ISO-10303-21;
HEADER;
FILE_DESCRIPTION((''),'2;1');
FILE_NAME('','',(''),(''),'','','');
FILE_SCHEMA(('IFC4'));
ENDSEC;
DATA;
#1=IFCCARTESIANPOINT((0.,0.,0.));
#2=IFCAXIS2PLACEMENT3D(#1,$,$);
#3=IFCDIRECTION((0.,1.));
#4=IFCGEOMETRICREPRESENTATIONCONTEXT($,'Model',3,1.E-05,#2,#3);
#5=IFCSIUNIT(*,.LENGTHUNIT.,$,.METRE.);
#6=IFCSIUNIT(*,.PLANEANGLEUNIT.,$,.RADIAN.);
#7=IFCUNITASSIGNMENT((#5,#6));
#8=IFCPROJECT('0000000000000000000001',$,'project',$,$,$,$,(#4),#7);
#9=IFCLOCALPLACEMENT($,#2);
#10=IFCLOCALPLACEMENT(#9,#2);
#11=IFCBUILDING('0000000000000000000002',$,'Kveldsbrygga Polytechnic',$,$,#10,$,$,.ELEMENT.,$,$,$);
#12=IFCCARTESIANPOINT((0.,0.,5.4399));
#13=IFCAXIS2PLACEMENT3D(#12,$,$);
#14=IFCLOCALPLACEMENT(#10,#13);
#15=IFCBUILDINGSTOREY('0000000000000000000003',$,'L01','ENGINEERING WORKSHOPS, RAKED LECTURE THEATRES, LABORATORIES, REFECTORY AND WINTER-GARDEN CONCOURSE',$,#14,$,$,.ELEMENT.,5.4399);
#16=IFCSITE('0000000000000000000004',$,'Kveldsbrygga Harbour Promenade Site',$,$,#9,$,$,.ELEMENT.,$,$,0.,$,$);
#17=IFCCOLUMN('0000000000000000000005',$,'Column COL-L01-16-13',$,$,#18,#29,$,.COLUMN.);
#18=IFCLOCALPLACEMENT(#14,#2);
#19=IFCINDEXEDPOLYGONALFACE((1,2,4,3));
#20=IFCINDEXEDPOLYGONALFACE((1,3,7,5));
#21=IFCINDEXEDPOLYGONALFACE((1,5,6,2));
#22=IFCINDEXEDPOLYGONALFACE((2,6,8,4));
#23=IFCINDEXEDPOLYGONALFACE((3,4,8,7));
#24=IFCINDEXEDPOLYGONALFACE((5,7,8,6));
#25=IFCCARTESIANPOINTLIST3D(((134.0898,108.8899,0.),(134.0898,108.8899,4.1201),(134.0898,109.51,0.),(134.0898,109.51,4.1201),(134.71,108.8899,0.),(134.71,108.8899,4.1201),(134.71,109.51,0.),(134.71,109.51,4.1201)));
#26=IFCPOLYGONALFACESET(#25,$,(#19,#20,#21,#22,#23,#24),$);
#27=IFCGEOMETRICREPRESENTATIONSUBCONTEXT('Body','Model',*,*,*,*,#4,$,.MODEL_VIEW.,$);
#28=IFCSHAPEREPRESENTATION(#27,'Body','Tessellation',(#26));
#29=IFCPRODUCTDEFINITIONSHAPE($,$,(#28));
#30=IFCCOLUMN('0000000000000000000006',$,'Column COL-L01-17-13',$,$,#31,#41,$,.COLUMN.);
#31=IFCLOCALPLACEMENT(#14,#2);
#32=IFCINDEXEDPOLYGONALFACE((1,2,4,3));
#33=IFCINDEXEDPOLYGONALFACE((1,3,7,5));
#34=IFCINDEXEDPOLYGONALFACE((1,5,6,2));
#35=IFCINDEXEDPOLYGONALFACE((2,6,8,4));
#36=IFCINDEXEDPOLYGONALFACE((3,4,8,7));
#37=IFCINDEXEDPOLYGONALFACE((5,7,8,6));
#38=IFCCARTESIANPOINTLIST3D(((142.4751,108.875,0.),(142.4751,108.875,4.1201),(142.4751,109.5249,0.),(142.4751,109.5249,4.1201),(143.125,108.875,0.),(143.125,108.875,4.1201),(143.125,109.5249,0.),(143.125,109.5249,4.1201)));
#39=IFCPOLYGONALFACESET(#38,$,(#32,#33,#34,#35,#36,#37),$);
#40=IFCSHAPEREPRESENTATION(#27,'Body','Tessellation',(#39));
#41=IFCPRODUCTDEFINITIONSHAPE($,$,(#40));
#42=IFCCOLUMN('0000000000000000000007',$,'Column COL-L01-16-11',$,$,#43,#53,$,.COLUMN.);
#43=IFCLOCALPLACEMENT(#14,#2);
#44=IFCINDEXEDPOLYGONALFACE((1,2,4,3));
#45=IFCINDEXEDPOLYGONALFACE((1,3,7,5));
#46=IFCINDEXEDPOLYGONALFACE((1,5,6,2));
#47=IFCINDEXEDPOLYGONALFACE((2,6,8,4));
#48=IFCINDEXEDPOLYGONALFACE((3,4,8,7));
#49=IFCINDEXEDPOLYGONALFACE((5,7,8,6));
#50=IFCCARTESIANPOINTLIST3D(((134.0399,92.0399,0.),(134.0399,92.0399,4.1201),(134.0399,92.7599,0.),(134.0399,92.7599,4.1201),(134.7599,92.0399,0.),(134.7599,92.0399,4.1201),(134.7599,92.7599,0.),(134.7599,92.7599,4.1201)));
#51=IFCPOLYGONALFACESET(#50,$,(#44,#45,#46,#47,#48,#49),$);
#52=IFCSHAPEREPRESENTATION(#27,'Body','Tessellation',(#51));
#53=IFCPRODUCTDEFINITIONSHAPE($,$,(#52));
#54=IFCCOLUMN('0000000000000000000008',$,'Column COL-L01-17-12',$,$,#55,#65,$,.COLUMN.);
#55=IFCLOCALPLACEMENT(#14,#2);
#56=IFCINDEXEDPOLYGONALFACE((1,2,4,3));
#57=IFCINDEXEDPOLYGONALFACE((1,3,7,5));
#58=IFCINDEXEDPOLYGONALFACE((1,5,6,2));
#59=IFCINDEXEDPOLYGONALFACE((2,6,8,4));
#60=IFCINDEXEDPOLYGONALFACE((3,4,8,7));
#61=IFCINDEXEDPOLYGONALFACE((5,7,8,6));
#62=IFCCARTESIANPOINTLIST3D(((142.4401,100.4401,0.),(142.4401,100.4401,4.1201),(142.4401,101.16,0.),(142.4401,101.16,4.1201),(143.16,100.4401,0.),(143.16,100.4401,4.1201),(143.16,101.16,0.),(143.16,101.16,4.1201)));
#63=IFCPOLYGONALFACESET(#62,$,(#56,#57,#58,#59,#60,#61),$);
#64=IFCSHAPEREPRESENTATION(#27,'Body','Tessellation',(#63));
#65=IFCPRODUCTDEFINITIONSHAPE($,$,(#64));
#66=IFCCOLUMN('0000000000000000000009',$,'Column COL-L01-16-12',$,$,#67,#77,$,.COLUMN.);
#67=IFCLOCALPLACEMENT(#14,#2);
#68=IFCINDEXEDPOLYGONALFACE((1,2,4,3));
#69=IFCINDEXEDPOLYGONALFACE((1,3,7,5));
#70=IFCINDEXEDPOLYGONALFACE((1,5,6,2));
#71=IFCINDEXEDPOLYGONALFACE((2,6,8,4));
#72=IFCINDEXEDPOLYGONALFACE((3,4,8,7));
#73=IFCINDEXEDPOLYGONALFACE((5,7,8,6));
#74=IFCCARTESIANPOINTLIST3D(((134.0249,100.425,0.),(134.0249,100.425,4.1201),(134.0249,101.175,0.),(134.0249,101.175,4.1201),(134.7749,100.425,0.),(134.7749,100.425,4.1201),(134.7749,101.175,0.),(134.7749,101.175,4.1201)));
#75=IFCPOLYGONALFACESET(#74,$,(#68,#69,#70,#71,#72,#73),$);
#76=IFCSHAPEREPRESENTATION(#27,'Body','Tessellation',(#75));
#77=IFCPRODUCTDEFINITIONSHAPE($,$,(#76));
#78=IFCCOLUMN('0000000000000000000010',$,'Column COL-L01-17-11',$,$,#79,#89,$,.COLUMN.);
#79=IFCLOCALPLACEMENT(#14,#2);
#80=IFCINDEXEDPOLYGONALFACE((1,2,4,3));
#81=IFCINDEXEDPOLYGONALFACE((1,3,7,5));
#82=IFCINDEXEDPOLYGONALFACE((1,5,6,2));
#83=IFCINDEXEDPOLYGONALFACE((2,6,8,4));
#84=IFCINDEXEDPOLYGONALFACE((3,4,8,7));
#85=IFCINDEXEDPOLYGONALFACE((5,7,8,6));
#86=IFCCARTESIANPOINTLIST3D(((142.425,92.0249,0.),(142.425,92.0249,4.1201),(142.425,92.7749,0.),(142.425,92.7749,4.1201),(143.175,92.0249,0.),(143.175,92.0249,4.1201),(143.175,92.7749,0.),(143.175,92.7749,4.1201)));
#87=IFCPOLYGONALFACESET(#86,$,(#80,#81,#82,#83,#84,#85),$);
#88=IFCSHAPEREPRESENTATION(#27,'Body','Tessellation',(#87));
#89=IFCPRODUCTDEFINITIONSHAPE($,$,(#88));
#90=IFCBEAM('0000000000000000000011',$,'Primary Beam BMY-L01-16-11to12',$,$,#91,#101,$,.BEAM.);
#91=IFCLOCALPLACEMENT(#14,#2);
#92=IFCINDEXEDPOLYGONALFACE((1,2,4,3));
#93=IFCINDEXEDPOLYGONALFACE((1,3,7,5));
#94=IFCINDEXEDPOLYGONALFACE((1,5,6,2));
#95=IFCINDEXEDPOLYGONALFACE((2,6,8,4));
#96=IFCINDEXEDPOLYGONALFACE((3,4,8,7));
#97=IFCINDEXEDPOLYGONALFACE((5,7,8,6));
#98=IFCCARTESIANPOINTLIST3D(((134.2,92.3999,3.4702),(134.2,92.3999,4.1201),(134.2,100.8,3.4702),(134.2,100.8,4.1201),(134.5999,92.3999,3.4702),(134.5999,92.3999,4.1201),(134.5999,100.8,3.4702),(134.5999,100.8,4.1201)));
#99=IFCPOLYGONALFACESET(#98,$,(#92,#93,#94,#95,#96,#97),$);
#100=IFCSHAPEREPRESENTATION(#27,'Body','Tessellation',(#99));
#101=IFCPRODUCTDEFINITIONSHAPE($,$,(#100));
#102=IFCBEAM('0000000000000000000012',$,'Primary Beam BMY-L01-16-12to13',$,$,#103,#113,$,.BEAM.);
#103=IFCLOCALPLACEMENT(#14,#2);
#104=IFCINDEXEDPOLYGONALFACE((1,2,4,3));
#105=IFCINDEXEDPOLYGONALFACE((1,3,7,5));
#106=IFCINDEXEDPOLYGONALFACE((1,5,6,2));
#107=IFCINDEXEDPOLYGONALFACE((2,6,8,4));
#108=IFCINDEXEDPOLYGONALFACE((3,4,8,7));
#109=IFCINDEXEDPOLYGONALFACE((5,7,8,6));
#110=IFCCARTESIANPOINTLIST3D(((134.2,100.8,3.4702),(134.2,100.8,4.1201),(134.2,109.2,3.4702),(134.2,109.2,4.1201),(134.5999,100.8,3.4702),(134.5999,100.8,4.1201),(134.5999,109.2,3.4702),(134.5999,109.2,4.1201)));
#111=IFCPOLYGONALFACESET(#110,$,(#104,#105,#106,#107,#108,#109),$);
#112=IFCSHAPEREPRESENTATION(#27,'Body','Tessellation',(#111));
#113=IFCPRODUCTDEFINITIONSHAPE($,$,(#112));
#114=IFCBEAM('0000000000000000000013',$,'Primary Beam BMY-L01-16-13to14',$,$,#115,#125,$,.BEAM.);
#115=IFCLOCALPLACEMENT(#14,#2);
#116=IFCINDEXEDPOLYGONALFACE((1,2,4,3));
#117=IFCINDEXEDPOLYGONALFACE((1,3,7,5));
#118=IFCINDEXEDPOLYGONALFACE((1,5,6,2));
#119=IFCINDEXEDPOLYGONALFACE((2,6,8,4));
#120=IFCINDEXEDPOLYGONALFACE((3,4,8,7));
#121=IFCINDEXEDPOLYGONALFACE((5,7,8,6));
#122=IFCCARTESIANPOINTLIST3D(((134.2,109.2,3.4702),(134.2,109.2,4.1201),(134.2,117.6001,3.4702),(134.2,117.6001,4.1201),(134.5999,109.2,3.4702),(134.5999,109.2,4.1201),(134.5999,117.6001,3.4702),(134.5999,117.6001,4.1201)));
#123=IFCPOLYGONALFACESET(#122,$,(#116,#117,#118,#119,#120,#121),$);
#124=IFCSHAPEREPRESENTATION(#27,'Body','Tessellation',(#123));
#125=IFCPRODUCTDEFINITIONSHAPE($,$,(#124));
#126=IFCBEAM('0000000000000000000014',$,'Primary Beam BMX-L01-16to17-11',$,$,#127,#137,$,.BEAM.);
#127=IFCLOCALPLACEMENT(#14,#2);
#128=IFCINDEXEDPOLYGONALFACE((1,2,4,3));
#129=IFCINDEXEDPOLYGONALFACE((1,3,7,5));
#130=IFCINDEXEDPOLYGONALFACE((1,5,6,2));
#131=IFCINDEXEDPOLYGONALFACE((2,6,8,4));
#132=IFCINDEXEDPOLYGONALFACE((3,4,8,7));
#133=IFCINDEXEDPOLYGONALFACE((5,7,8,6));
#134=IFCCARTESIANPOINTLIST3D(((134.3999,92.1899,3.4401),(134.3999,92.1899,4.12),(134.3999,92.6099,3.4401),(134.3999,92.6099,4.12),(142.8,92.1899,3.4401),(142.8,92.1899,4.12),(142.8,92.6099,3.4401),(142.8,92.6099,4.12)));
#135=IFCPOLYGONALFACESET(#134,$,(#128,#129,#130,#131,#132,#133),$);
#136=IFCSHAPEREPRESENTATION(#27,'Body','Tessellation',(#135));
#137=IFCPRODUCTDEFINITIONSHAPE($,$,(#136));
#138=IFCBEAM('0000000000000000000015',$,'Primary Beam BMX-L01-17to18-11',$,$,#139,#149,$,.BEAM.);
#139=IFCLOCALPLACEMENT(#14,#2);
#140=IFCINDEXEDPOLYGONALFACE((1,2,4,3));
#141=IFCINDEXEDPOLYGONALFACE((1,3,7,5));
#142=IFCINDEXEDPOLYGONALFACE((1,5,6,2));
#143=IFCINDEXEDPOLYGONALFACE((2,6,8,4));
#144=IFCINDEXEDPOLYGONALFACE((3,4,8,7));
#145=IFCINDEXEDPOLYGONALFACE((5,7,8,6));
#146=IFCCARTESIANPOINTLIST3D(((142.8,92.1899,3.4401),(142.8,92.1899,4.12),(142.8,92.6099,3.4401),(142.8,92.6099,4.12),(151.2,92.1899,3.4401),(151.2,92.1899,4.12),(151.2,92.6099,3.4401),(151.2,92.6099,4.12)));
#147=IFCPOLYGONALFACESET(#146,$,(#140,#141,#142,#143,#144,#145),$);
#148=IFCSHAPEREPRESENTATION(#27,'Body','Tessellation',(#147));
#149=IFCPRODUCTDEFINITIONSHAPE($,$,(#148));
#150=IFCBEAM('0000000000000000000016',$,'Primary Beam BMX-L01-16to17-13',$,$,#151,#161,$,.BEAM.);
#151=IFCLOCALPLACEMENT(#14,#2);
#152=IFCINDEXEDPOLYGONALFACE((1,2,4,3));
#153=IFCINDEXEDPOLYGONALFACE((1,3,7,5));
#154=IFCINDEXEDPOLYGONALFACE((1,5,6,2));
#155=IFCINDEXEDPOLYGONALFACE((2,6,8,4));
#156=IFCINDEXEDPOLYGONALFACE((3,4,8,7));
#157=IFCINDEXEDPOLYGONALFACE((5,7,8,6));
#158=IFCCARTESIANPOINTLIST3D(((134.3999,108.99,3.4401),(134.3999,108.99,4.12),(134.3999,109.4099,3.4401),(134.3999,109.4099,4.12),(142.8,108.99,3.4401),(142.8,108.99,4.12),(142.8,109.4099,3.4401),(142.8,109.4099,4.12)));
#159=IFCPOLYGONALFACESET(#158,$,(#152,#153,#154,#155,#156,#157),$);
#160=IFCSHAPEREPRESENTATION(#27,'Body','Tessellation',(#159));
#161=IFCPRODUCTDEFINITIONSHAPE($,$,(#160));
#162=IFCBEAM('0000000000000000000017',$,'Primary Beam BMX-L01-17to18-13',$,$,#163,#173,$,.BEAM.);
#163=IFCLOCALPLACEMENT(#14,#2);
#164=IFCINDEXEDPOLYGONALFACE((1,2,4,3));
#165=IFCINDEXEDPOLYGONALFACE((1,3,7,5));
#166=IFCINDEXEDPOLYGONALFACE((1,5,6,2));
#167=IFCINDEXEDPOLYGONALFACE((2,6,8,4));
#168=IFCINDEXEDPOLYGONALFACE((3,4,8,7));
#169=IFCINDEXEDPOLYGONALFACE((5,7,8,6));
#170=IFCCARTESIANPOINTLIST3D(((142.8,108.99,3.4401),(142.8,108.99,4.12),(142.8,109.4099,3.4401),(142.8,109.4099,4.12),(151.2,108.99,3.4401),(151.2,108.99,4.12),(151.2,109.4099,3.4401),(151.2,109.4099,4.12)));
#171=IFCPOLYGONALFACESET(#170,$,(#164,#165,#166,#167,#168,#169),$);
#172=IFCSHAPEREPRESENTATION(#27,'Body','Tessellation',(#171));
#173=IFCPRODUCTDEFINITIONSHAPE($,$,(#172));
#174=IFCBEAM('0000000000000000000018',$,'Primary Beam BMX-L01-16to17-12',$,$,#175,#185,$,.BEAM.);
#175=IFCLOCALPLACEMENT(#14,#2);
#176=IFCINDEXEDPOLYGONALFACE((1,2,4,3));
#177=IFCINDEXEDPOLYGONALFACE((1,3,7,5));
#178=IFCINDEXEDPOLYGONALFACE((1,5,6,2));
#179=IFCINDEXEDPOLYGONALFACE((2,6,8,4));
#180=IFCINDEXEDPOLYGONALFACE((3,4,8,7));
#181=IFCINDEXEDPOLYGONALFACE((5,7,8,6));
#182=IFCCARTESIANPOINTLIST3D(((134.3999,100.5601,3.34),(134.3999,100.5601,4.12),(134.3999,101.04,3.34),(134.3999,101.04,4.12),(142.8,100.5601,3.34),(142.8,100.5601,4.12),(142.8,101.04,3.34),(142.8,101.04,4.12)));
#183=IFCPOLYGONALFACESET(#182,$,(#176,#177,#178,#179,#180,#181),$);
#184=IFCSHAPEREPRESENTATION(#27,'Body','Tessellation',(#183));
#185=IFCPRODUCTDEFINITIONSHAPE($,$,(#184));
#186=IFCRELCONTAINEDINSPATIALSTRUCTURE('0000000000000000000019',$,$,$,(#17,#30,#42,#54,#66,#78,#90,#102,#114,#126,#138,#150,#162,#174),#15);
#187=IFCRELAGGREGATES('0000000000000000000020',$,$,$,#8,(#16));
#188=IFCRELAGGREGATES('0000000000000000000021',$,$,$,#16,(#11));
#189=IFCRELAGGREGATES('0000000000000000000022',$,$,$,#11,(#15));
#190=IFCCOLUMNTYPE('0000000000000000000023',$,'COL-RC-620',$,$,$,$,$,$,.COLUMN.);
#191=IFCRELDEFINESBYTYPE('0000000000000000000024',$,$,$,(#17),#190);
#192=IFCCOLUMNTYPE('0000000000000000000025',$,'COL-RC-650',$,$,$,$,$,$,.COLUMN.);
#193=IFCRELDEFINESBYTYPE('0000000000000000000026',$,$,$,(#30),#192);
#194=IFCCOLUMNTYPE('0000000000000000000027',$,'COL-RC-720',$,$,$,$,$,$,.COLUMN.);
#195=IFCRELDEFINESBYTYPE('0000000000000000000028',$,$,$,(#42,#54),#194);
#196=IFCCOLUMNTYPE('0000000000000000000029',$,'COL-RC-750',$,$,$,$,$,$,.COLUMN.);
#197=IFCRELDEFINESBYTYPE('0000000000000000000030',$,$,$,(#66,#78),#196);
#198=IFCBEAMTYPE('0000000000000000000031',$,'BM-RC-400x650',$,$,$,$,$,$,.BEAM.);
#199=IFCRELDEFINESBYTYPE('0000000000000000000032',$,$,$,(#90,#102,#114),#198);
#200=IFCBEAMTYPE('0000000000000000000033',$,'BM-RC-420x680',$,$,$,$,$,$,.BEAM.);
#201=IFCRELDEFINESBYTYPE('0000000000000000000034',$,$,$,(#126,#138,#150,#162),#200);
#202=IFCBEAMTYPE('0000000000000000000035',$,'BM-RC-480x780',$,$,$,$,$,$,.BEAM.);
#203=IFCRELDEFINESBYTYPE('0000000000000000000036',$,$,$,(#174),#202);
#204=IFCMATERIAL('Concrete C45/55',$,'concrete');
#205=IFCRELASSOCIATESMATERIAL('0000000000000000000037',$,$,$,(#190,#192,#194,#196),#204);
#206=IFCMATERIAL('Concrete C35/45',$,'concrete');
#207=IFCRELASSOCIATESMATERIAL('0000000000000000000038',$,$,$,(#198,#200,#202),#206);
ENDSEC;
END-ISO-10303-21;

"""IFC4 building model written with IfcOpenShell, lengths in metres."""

from ifc_helpers import new_model, si_unit, direction, frame, origin, origin_2d, place, context, subcontext, project, spatial, rectangle, extrude, material, material_profile, profile_set, type_object, element, save


model = new_model("IFC4")

# Units and contexts
model_context = context("Model", 3, precision=1e-05, world=origin(), true_north=direction((0.0, 1.0)))
body_context = subcontext(model_context, "Body", "Model", "MODEL_VIEW")
ifc_project = project(units=[si_unit("LENGTHUNIT", "METRE"), si_unit("PLANEANGLEUNIT", "RADIAN")], contexts=[model_context])

# Site, building, storey
site_placement = place(None, origin())
site = spatial("IfcSite", under=ifc_project, at=site_placement, Name="Kveldsbrygga Harbour Promenade Site", CompositionType="ELEMENT", RefElevation=0.0)
building_placement = place(site_placement, origin())
building = spatial("IfcBuilding", under=site, at=building_placement, Name="Kveldsbrygga Polytechnic", CompositionType="ELEMENT")
storey_placement = place(building_placement, frame((0.0, 0.0, 5.4399)))
storey = spatial("IfcBuildingStorey", under=building, at=storey_placement, Name="L01", Description="ENGINEERING WORKSHOPS, RAKED LECTURE THEATRES, LABORATORIES, REFECTORY AND WINTER-GARDEN CONCOURSE", CompositionType="ELEMENT", Elevation=5.4399)

# Columns
ifc_material_1 = material(Name="Concrete C45/55", Category="concrete")
ifc_material_profile_1 = material_profile(ifc_material_1, rectangle(XDim=0.6201, YDim=0.6201, at=origin_2d()), Name="RC 620x620")
ifc_profile_set_1 = profile_set([ifc_material_profile_1], Name="Concrete C45/55")
column_type_1 = type_object("IfcColumnType", Name="COL-RC-620", PredefinedType="COLUMN", material=ifc_profile_set_1)
column_1_placement = place(storey_placement, frame((134.3999, 109.2, 0.0), z_axis=(0.0, 0.0, 1.0), x_axis=(1.0, 0.0, 0.0)))
element("IfcColumn", 1, at=column_1_placement, inside=storey, type_object=column_type_1, Name="Column COL-L01-16-13", PredefinedType="COLUMN", context=body_context, shape_type="SweptSolid", body=[
    extrude(rectangle(XDim=0.6201, YDim=0.6201, at=origin_2d()), origin(), (0.0, 0.0, 1.0), 4.1201),
])
ifc_material_profile_2 = material_profile(ifc_material_1, rectangle(XDim=0.6499, YDim=0.6499, at=origin_2d()), Name="RC 650x650")
ifc_profile_set_2 = profile_set([ifc_material_profile_2], Name="Concrete C45/55")
column_type_2 = type_object("IfcColumnType", Name="COL-RC-650", PredefinedType="COLUMN", material=ifc_profile_set_2)
column_2_placement = place(storey_placement, frame((142.8, 109.2, 0.0), z_axis=(0.0, 0.0, 1.0), x_axis=(1.0, 0.0, 0.0)))
element("IfcColumn", 2, at=column_2_placement, inside=storey, type_object=column_type_2, Name="Column COL-L01-17-13", PredefinedType="COLUMN", context=body_context, shape_type="SweptSolid", body=[
    extrude(rectangle(XDim=0.6499, YDim=0.6499, at=origin_2d()), origin(), (0.0, 0.0, 1.0), 4.1201),
])
ifc_material_profile_3 = material_profile(ifc_material_1, rectangle(XDim=0.72, YDim=0.72, at=origin_2d()), Name="RC 720x720")
ifc_profile_set_3 = profile_set([ifc_material_profile_3], Name="Concrete C45/55")
column_type_3 = type_object("IfcColumnType", Name="COL-RC-720", PredefinedType="COLUMN", material=ifc_profile_set_3)
for number, where, z_axis, x_axis, name in (
    (3, (134.3999, 92.3999, 0.0), (0.0, 0.0, 1.0), (1.0, 0.0, 0.0), "Column COL-L01-16-11"),
    (4, (142.8, 100.8, 0.0), (0.0, 0.0, 1.0), (1.0, 0.0, 0.0), "Column COL-L01-17-12"),
):
    element("IfcColumn", number, at=place(storey_placement, frame(where, z_axis=z_axis, x_axis=x_axis)), inside=storey, type_object=column_type_3, Name=name, PredefinedType="COLUMN", context=body_context, shape_type="SweptSolid", body=[
        extrude(rectangle(XDim=0.72, YDim=0.72, at=origin_2d()), origin(), (0.0, 0.0, 1.0), 4.1201),
    ])
ifc_material_profile_4 = material_profile(ifc_material_1, rectangle(XDim=0.75, YDim=0.75, at=origin_2d()), Name="RC 750x750")
ifc_profile_set_4 = profile_set([ifc_material_profile_4], Name="Concrete C45/55")
column_type_4 = type_object("IfcColumnType", Name="COL-RC-750", PredefinedType="COLUMN", material=ifc_profile_set_4)
for number, where, z_axis, x_axis, name in (
    (5, (134.3999, 100.8, 0.0), (0.0, 0.0, 1.0), (1.0, 0.0, 0.0), "Column COL-L01-16-12"),
    (6, (142.8, 92.3999, 0.0), (0.0, 0.0, 1.0), (1.0, 0.0, 0.0), "Column COL-L01-17-11"),
):
    element("IfcColumn", number, at=place(storey_placement, frame(where, z_axis=z_axis, x_axis=x_axis)), inside=storey, type_object=column_type_4, Name=name, PredefinedType="COLUMN", context=body_context, shape_type="SweptSolid", body=[
        extrude(rectangle(XDim=0.75, YDim=0.75, at=origin_2d()), origin(), (0.0, 0.0, 1.0), 4.1201),
    ])

# Beams
ifc_material_2 = material(Name="Concrete C35/45", Category="concrete")
ifc_material_profile_5 = material_profile(ifc_material_2, rectangle(XDim=0.3999, YDim=0.6499, at=origin_2d()), Name="RC 400x650")
ifc_profile_set_5 = profile_set([ifc_material_profile_5], Name="Concrete C35/45")
beam_type_1 = type_object("IfcBeamType", Name="BM-RC-400x650", PredefinedType="BEAM", material=ifc_profile_set_5)
beam_1_placement = place(storey_placement, frame((134.3999, 92.3999, 3.7952), z_axis=(0.0, 1.0, 0.0), x_axis=(-1.0, 0.0, 0.0)))
element("IfcBeam", 7, at=beam_1_placement, inside=storey, type_object=beam_type_1, Name="Primary Beam BMY-L01-16-11to12", PredefinedType="BEAM", context=body_context, shape_type="SweptSolid", body=[
    extrude(rectangle(XDim=0.3999, YDim=0.6499, at=origin_2d()), origin(), (0.0, 0.0, 1.0), 8.4001),
])
beam_2_placement = place(storey_placement, frame((134.3999, 100.8, 3.7952), z_axis=(0.0, 1.0, 0.0), x_axis=(-1.0, 0.0, 0.0)))
element("IfcBeam", 8, at=beam_2_placement, inside=storey, type_object=beam_type_1, Name="Primary Beam BMY-L01-16-12to13", PredefinedType="BEAM", context=body_context, shape_type="SweptSolid", body=[
    extrude(rectangle(XDim=0.3999, YDim=0.6499, at=origin_2d()), origin(), (0.0, 0.0, 1.0), 8.3999),
])
beam_3_placement = place(storey_placement, frame((134.3999, 109.2, 3.7952), z_axis=(0.0, 1.0, 0.0), x_axis=(-1.0, 0.0, 0.0)))
element("IfcBeam", 9, at=beam_3_placement, inside=storey, type_object=beam_type_1, Name="Primary Beam BMY-L01-16-13to14", PredefinedType="BEAM", context=body_context, shape_type="SweptSolid", body=[
    extrude(rectangle(XDim=0.3999, YDim=0.6499, at=origin_2d()), origin(), (0.0, 0.0, 1.0), 8.4001),
])
ifc_material_profile_6 = material_profile(ifc_material_2, rectangle(XDim=0.4199, YDim=0.6799, at=origin_2d()), Name="RC 420x680")
ifc_profile_set_6 = profile_set([ifc_material_profile_6], Name="Concrete C35/45")
beam_type_2 = type_object("IfcBeamType", Name="BM-RC-420x680", PredefinedType="BEAM", material=ifc_profile_set_6)
beam_4_placement = place(storey_placement, frame((134.3999, 92.3999, 3.78), z_axis=(1.0, 0.0, 0.0), x_axis=(0.0, 1.0, 0.0)))
element("IfcBeam", 10, at=beam_4_placement, inside=storey, type_object=beam_type_2, Name="Primary Beam BMX-L01-16to17-11", PredefinedType="BEAM", context=body_context, shape_type="SweptSolid", body=[
    extrude(rectangle(XDim=0.4199, YDim=0.6799, at=origin_2d()), origin(), (0.0, 0.0, 1.0), 8.4001),
])
beam_5_placement = place(storey_placement, frame((142.8, 92.3999, 3.78), z_axis=(1.0, 0.0, 0.0), x_axis=(0.0, 1.0, 0.0)))
element("IfcBeam", 11, at=beam_5_placement, inside=storey, type_object=beam_type_2, Name="Primary Beam BMX-L01-17to18-11", PredefinedType="BEAM", context=body_context, shape_type="SweptSolid", body=[
    extrude(rectangle(XDim=0.4199, YDim=0.6799, at=origin_2d()), origin(), (0.0, 0.0, 1.0), 8.3999),
])
beam_6_placement = place(storey_placement, frame((134.3999, 109.2, 3.78), z_axis=(1.0, 0.0, 0.0), x_axis=(0.0, 1.0, 0.0)))
element("IfcBeam", 12, at=beam_6_placement, inside=storey, type_object=beam_type_2, Name="Primary Beam BMX-L01-16to17-13", PredefinedType="BEAM", context=body_context, shape_type="SweptSolid", body=[
    extrude(rectangle(XDim=0.4199, YDim=0.6799, at=origin_2d()), origin(), (0.0, 0.0, 1.0), 8.4001),
])
beam_7_placement = place(storey_placement, frame((142.8, 109.2, 3.78), z_axis=(1.0, 0.0, 0.0), x_axis=(0.0, 1.0, 0.0)))
element("IfcBeam", 13, at=beam_7_placement, inside=storey, type_object=beam_type_2, Name="Primary Beam BMX-L01-17to18-13", PredefinedType="BEAM", context=body_context, shape_type="SweptSolid", body=[
    extrude(rectangle(XDim=0.4199, YDim=0.6799, at=origin_2d()), origin(), (0.0, 0.0, 1.0), 8.3999),
])
ifc_material_profile_7 = material_profile(ifc_material_2, rectangle(XDim=0.48, YDim=0.78, at=origin_2d()), Name="RC 480x780")
ifc_profile_set_7 = profile_set([ifc_material_profile_7], Name="Concrete C35/45")
beam_type_3 = type_object("IfcBeamType", Name="BM-RC-480x780", PredefinedType="BEAM", material=ifc_profile_set_7)
beam_8_placement = place(storey_placement, frame((134.3999, 100.8, 3.73), z_axis=(1.0, 0.0, 0.0), x_axis=(0.0, 1.0, 0.0)))
element("IfcBeam", 14, at=beam_8_placement, inside=storey, type_object=beam_type_3, Name="Primary Beam BMX-L01-16to17-12", PredefinedType="BEAM", context=body_context, shape_type="SweptSolid", body=[
    extrude(rectangle(XDim=0.48, YDim=0.78, at=origin_2d()), origin(), (0.0, 0.0, 1.0), 8.4001),
])

save(model, "model.ifc")
